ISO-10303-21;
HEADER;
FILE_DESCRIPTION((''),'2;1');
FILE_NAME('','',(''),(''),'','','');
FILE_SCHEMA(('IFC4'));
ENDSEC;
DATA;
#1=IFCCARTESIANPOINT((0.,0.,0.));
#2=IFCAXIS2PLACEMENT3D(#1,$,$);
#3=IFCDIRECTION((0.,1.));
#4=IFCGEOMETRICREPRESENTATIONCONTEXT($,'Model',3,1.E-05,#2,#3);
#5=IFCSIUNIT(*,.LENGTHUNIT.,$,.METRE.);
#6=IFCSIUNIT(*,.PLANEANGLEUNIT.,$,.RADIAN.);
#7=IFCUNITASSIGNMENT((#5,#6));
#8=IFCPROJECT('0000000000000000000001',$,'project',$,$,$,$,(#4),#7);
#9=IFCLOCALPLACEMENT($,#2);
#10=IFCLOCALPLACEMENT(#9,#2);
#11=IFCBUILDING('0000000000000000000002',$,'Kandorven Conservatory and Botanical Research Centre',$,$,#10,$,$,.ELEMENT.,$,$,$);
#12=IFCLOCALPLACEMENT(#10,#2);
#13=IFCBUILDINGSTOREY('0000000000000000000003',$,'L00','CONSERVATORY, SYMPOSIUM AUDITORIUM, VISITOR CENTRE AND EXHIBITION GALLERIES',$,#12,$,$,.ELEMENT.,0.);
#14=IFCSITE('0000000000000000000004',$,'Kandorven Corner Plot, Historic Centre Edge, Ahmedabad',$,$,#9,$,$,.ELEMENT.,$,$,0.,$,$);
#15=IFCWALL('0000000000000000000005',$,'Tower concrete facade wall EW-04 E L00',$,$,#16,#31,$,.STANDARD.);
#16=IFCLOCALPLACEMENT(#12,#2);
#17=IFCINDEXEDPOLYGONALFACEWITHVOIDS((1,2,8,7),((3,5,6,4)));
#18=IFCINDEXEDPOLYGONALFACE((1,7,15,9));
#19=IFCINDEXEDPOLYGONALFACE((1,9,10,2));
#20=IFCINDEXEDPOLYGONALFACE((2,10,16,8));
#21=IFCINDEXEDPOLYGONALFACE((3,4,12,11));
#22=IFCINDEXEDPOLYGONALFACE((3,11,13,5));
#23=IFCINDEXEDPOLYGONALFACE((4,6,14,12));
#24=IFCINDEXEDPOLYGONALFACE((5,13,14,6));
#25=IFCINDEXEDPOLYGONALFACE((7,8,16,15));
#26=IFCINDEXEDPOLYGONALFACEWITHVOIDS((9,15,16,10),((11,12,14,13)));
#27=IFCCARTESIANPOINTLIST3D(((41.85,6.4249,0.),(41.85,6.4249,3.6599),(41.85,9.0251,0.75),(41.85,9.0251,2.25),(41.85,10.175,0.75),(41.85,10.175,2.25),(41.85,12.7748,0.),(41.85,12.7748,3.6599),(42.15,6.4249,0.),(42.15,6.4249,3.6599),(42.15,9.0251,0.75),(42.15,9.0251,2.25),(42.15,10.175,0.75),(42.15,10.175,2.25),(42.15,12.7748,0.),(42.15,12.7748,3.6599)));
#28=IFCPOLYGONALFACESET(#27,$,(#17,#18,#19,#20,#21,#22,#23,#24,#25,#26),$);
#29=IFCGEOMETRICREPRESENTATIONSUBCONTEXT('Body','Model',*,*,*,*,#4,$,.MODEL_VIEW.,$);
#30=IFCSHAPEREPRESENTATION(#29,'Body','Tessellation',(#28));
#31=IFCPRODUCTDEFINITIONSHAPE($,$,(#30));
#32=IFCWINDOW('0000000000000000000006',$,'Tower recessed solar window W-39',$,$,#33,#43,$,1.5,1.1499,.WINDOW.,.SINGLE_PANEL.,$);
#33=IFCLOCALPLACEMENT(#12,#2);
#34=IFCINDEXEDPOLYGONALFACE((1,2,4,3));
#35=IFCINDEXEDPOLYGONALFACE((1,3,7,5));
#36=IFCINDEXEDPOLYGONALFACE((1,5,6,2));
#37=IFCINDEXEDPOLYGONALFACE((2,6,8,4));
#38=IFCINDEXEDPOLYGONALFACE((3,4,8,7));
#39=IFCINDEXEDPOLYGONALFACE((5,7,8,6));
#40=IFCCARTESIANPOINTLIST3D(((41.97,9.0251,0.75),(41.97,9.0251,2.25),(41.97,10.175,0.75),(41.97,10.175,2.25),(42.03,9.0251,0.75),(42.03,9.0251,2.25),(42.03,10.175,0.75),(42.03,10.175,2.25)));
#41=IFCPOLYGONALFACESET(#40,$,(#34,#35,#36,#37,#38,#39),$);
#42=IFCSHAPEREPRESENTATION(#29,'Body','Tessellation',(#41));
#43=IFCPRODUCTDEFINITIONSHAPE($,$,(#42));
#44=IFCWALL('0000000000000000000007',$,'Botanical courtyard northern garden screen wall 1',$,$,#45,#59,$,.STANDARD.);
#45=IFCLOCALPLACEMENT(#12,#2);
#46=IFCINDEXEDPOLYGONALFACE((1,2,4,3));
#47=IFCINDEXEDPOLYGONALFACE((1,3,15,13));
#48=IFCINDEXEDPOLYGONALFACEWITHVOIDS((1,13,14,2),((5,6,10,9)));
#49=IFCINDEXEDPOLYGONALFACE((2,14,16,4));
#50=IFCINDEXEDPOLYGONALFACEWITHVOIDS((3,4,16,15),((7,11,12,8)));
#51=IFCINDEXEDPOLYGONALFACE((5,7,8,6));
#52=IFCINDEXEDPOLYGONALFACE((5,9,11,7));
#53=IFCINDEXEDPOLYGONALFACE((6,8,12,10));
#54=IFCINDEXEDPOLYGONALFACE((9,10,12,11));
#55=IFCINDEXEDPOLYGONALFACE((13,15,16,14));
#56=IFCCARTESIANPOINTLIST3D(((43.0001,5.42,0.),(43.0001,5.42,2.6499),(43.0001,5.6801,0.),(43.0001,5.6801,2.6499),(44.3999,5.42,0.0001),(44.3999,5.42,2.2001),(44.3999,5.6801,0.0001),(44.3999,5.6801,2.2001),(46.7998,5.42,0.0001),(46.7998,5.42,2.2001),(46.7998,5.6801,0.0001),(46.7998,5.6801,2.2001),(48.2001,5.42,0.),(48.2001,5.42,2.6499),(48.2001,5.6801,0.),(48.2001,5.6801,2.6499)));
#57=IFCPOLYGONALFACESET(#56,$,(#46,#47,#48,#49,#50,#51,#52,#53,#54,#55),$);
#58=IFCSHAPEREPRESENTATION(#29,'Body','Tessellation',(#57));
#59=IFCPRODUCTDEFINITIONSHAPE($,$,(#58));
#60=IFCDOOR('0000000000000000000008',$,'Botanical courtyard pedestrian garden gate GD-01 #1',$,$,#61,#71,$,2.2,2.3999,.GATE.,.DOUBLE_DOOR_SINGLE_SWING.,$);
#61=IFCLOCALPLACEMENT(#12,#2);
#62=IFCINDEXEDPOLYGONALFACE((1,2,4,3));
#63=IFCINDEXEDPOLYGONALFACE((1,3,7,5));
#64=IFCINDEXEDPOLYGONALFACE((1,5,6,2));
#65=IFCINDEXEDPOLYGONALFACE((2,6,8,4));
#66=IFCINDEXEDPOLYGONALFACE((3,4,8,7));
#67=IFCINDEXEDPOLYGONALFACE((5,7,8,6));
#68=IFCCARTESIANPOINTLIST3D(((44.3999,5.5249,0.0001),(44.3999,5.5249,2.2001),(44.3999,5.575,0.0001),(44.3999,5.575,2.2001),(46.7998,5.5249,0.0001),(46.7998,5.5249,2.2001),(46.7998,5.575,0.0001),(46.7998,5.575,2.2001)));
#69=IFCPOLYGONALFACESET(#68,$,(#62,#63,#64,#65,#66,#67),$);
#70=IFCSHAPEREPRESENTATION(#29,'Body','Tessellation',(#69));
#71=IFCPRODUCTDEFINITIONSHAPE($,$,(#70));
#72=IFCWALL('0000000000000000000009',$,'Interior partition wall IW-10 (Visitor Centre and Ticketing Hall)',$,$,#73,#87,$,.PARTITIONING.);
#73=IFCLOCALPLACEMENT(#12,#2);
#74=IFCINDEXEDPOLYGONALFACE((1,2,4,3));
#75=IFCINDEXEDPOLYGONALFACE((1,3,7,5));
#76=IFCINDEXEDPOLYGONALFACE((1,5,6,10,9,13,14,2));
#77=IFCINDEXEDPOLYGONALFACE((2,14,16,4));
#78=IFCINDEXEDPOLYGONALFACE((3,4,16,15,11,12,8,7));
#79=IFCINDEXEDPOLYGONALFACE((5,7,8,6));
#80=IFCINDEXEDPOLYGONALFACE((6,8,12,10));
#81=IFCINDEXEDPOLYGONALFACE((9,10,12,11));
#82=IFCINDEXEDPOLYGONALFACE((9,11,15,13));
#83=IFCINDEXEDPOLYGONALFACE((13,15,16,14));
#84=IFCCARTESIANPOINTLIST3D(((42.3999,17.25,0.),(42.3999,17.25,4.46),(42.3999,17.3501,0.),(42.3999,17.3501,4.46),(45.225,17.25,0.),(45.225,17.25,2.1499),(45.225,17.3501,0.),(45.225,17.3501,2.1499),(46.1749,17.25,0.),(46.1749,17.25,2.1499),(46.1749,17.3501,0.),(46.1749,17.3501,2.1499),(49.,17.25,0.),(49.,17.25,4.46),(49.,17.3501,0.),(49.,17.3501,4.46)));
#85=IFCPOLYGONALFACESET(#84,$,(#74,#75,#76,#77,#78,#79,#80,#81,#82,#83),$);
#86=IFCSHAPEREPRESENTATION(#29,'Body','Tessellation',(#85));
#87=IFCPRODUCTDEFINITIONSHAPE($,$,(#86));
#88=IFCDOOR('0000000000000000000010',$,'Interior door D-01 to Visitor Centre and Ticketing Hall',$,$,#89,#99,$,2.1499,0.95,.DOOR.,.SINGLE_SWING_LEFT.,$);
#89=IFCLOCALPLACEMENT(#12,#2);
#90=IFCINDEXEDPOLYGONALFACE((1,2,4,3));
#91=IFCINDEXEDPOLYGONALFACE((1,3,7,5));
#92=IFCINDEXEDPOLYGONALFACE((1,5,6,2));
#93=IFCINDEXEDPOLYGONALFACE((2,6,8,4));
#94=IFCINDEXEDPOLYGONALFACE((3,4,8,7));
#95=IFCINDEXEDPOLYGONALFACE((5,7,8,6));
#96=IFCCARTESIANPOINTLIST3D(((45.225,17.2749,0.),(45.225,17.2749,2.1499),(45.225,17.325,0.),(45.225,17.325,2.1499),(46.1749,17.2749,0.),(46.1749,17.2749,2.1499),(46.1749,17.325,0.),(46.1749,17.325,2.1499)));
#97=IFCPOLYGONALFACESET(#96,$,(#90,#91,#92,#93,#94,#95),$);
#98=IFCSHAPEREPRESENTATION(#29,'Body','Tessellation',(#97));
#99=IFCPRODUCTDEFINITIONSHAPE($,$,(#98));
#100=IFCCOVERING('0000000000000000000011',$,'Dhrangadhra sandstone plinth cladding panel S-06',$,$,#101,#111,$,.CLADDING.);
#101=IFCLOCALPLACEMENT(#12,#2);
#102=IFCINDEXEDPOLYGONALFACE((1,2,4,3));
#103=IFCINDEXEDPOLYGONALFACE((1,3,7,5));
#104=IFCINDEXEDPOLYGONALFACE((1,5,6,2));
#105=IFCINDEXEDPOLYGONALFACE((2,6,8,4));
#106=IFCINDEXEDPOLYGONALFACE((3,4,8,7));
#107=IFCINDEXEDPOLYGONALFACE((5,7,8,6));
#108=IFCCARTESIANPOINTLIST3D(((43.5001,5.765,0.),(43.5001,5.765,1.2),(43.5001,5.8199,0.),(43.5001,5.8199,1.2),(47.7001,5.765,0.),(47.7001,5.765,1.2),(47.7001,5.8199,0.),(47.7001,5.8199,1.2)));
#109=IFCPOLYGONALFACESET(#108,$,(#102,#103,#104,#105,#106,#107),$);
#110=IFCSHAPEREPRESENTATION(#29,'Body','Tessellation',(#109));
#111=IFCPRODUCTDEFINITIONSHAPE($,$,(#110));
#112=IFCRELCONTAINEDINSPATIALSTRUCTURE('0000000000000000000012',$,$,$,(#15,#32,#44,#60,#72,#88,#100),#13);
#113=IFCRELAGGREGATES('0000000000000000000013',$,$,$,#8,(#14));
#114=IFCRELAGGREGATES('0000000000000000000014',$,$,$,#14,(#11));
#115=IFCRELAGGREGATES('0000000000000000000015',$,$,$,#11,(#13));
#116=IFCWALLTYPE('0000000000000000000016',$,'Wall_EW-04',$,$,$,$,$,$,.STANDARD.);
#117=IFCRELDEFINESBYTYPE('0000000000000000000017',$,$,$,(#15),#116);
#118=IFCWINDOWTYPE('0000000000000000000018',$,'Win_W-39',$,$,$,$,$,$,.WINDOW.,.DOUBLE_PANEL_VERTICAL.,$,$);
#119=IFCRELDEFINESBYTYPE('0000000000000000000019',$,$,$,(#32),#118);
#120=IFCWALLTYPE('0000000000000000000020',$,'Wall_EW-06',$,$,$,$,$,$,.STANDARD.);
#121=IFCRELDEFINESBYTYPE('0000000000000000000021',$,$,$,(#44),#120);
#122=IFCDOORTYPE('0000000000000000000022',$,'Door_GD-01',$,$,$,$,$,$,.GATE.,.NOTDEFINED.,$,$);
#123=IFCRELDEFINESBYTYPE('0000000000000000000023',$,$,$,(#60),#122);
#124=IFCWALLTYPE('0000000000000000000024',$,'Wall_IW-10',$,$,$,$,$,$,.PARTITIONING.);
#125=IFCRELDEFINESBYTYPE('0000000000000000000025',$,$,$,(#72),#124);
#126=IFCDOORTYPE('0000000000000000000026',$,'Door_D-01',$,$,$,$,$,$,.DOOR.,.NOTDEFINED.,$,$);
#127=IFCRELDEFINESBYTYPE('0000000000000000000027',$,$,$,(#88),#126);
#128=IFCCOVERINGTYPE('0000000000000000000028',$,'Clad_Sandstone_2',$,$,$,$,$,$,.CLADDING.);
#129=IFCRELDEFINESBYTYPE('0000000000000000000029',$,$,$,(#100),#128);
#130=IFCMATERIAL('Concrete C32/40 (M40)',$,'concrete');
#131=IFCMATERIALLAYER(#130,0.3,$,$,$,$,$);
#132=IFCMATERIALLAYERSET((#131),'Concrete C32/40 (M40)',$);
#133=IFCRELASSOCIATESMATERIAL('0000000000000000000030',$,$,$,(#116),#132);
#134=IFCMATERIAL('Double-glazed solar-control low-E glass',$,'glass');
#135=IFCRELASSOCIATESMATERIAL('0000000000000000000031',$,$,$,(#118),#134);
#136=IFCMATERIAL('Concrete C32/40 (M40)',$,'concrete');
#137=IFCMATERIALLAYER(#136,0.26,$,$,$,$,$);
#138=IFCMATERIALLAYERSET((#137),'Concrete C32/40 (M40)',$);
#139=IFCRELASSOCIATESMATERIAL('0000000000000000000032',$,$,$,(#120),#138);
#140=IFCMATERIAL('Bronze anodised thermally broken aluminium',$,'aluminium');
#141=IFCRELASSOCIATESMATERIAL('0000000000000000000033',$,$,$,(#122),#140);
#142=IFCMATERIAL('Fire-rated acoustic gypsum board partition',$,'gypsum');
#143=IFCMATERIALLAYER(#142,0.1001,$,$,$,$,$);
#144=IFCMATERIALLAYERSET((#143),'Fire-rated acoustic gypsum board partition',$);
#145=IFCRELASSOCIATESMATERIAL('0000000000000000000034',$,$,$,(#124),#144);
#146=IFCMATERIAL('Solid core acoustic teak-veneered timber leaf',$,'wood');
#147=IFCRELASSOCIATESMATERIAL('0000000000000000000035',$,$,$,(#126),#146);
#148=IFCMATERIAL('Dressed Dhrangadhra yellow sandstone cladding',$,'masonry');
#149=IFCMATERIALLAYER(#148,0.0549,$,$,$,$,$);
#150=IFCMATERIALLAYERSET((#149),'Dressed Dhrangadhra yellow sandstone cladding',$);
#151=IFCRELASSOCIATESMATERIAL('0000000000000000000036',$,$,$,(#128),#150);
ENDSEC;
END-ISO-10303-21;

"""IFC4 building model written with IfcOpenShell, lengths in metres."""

from ifc_helpers import new_model, si_unit, direction, frame, frame_2d, origin, origin_2d, place, context, subcontext, project, spatial, rectangle, extrude, material, layer, layer_set, type_object, element, fill, save


model = new_model("IFC4")

# Units and contexts
model_context = context("Model", 3, precision=1e-05, world=origin(), true_north=direction((0.0, 1.0)))
body_context = subcontext(model_context, "Body", "Model", "MODEL_VIEW")
ifc_project = project(units=[si_unit("LENGTHUNIT", "METRE"), si_unit("PLANEANGLEUNIT", "RADIAN")], contexts=[model_context])

# Site, building, storey
site_placement = place(None, origin())
site = spatial("IfcSite", under=ifc_project, at=site_placement, Name="Kandorven Corner Plot, Historic Centre Edge, Ahmedabad", CompositionType="ELEMENT", RefElevation=0.0)
building_placement = place(site_placement, origin())
building = spatial("IfcBuilding", under=site, at=building_placement, Name="Kandorven Conservatory and Botanical Research Centre", CompositionType="ELEMENT")
storey_placement = place(building_placement, origin())
storey = spatial("IfcBuildingStorey", under=building, at=storey_placement, Name="L00", Description="CONSERVATORY, SYMPOSIUM AUDITORIUM, VISITOR CENTRE AND EXHIBITION GALLERIES", CompositionType="ELEMENT", Elevation=0.0)

# Wall, opening, window
ifc_material_1 = material(Name="Concrete C32/40 (M40)", Category="concrete")
ifc_layer_1 = layer(ifc_material_1, 0.3)
ifc_layer_set_1 = layer_set([ifc_layer_1], Name="Concrete C32/40 (M40)")
wall_type_1 = type_object("IfcWallType", Name="Wall_EW-04", PredefinedType="STANDARD", material=ifc_layer_set_1)
wall_1_placement = place(storey_placement, frame((42.0, 6.425, 0.0), z_axis=(0.0, 0.0, 1.0), x_axis=(0.0, 1.0, 0.0)))
wall_1 = element("IfcWall", 1, at=wall_1_placement, inside=storey, type_object=wall_type_1, Name="Tower concrete facade wall EW-04 E L00", PredefinedType="STANDARD", context=body_context, shape_type="SweptSolid", body=[
    extrude(rectangle(XDim=6.3499, YDim=0.3, at=frame_2d((3.1748, 0.0))), origin(), (0.0, 0.0, 1.0), 3.6599),
])
opening_1_placement = place(wall_1_placement, frame((2.6001, 0.0, 0.75)))
opening_1 = element("IfcOpeningElement", 2, at=opening_1_placement, cuts=wall_1, PredefinedType="OPENING", context=body_context, shape_type="SweptSolid", body=[
    extrude(rectangle(XDim=1.1499, YDim=1.5, at=frame_2d((0.575, 0.75))), frame((0.0, 0.1599, 0.0), z_axis=(0.0, -1.0, 0.0), x_axis=(1.0, 0.0, 0.0)), (0.0, 0.0, 1.0), 0.3201),
])
ifc_material_2 = material(Name="Double-glazed solar-control low-E glass", Category="glass")
window_type = type_object("IfcWindowType", Name="Win_W-39", PartitioningType="DOUBLE_PANEL_VERTICAL", PredefinedType="WINDOW", material=ifc_material_2)
window_placement = place(opening_1_placement, origin())
window = element("IfcWindow", 3, at=window_placement, inside=storey, type_object=window_type, Name="Tower recessed solar window W-39", OverallHeight=1.5, OverallWidth=1.1499, PartitioningType="SINGLE_PANEL", PredefinedType="WINDOW", context=body_context, shape_type="SweptSolid", body=[
    extrude(rectangle(XDim=1.1499, YDim=1.5, at=frame_2d((0.575, 0.75))), frame((0.0, 0.03, 0.0), z_axis=(0.0, -1.0, 0.0), x_axis=(1.0, 0.0, 0.0)), (0.0, 0.0, 1.0), 0.0601),
])
fill(opening_1, window)

# Walls, openings, doors
ifc_material_3 = material(Name="Concrete C32/40 (M40)", Category="concrete")
ifc_layer_2 = layer(ifc_material_3, 0.26)
ifc_layer_set_2 = layer_set([ifc_layer_2], Name="Concrete C32/40 (M40)")
wall_type_2 = type_object("IfcWallType", Name="Wall_EW-06", PredefinedType="STANDARD", material=ifc_layer_set_2)
wall_2_placement = place(storey_placement, frame((43.0, 5.55, 0.0), z_axis=(0.0, 0.0, 1.0), x_axis=(1.0, 0.0, 0.0)))
wall_2 = element("IfcWall", 4, at=wall_2_placement, inside=storey, type_object=wall_type_2, Name="Botanical courtyard northern garden screen wall 1", PredefinedType="STANDARD", context=body_context, shape_type="SweptSolid", body=[
    extrude(rectangle(XDim=5.2, YDim=0.26, at=frame_2d((2.6001, 0.0))), origin(), (0.0, 0.0, 1.0), 2.6499),
])
opening_2_placement = place(wall_2_placement, frame((1.3999, 0.0, 0.0)))
opening_2 = element("IfcOpeningElement", 5, at=opening_2_placement, cuts=wall_2, PredefinedType="OPENING", context=body_context, shape_type="SweptSolid", body=[
    extrude(rectangle(XDim=2.3999, YDim=2.2, at=frame_2d((1.2, 1.1001))), frame((0.0, 0.1399, 0.0), z_axis=(0.0, -1.0, 0.0), x_axis=(1.0, 0.0, 0.0)), (0.0, 0.0, 1.0), 0.28),
])
ifc_material_4 = material(Name="Bronze anodised thermally broken aluminium", Category="aluminium")
door_type_1 = type_object("IfcDoorType", Name="Door_GD-01", OperationType="NOTDEFINED", PredefinedType="GATE", material=ifc_material_4)
door_1_placement = place(opening_2_placement, origin())
door_1 = element("IfcDoor", 6, at=door_1_placement, inside=storey, type_object=door_type_1, Name="Botanical courtyard pedestrian garden gate GD-01 #1", OperationType="DOUBLE_DOOR_SINGLE_SWING", OverallHeight=2.2, OverallWidth=2.3999, PredefinedType="GATE", context=body_context, shape_type="SweptSolid", body=[
    extrude(rectangle(XDim=2.3999, YDim=2.2, at=frame_2d((1.2, 1.1001))), frame((0.0, 0.0249, 0.0), z_axis=(0.0, -1.0, 0.0), x_axis=(1.0, 0.0, 0.0)), (0.0, 0.0, 1.0), 0.05),
])
fill(opening_2, door_1)
ifc_material_5 = material(Name="Fire-rated acoustic gypsum board partition", Category="gypsum")
ifc_layer_3 = layer(ifc_material_5, 0.1001)
ifc_layer_set_3 = layer_set([ifc_layer_3], Name="Fire-rated acoustic gypsum board partition")
wall_type_3 = type_object("IfcWallType", Name="Wall_IW-10", PredefinedType="PARTITIONING", material=ifc_layer_set_3)
wall_3_placement = place(storey_placement, frame((42.3999, 17.3, 0.0), z_axis=(0.0, 0.0, 1.0), x_axis=(1.0, 0.0, 0.0)))
wall_3 = element("IfcWall", 7, at=wall_3_placement, inside=storey, type_object=wall_type_3, Name="Interior partition wall IW-10 (Visitor Centre and Ticketing Hall)", PredefinedType="PARTITIONING", context=body_context, shape_type="SweptSolid", body=[
    extrude(rectangle(XDim=6.6001, YDim=0.1001, at=frame_2d((3.3, 0.0))), origin(), (0.0, 0.0, 1.0), 4.46),
])
opening_3_placement = place(wall_3_placement, frame((2.825, 0.0, 0.0)))
opening_3 = element("IfcOpeningElement", 8, at=opening_3_placement, cuts=wall_3, PredefinedType="OPENING", context=body_context, shape_type="SweptSolid", body=[
    extrude(rectangle(XDim=0.95, YDim=2.1499, at=frame_2d((0.4751, 1.075))), frame((0.0, 0.0601, 0.0), z_axis=(0.0, -1.0, 0.0), x_axis=(1.0, 0.0, 0.0)), (0.0, 0.0, 1.0), 0.1201),
])
ifc_material_6 = material(Name="Solid core acoustic teak-veneered timber leaf", Category="wood")
door_type_2 = type_object("IfcDoorType", Name="Door_D-01", OperationType="NOTDEFINED", PredefinedType="DOOR", material=ifc_material_6)
door_2_placement = place(opening_3_placement, origin())
door_2 = element("IfcDoor", 9, at=door_2_placement, inside=storey, type_object=door_type_2, Name="Interior door D-01 to Visitor Centre and Ticketing Hall", OperationType="SINGLE_SWING_LEFT", OverallHeight=2.1499, OverallWidth=0.95, PredefinedType="DOOR", context=body_context, shape_type="SweptSolid", body=[
    extrude(rectangle(XDim=0.95, YDim=2.1499, at=frame_2d((0.4751, 1.075))), frame((0.0, 0.0249, 0.0), z_axis=(0.0, -1.0, 0.0), x_axis=(1.0, 0.0, 0.0)), (0.0, 0.0, 1.0), 0.05),
])
fill(opening_3, door_2)

# Covering
ifc_material_7 = material(Name="Dressed Dhrangadhra yellow sandstone cladding", Category="masonry")
ifc_layer_4 = layer(ifc_material_7, 0.0549)
ifc_layer_set_4 = layer_set([ifc_layer_4], Name="Dressed Dhrangadhra yellow sandstone cladding")
covering_type = type_object("IfcCoveringType", Name="Clad_Sandstone_2", PredefinedType="CLADDING", material=ifc_layer_set_4)
covering_placement = place(storey_placement, frame((45.6001, 5.7925, 0.0), z_axis=(0.0, 0.0, 1.0), x_axis=(1.0, 0.0, 0.0)))
element("IfcCovering", 10, at=covering_placement, inside=storey, type_object=covering_type, Name="Dhrangadhra sandstone plinth cladding panel S-06", PredefinedType="CLADDING", context=body_context, shape_type="SweptSolid", body=[
    extrude(rectangle(XDim=4.2, YDim=0.0549, at=origin_2d()), origin(), (0.0, 0.0, 1.0), 1.2),
])

save(model, "model.ifc")
